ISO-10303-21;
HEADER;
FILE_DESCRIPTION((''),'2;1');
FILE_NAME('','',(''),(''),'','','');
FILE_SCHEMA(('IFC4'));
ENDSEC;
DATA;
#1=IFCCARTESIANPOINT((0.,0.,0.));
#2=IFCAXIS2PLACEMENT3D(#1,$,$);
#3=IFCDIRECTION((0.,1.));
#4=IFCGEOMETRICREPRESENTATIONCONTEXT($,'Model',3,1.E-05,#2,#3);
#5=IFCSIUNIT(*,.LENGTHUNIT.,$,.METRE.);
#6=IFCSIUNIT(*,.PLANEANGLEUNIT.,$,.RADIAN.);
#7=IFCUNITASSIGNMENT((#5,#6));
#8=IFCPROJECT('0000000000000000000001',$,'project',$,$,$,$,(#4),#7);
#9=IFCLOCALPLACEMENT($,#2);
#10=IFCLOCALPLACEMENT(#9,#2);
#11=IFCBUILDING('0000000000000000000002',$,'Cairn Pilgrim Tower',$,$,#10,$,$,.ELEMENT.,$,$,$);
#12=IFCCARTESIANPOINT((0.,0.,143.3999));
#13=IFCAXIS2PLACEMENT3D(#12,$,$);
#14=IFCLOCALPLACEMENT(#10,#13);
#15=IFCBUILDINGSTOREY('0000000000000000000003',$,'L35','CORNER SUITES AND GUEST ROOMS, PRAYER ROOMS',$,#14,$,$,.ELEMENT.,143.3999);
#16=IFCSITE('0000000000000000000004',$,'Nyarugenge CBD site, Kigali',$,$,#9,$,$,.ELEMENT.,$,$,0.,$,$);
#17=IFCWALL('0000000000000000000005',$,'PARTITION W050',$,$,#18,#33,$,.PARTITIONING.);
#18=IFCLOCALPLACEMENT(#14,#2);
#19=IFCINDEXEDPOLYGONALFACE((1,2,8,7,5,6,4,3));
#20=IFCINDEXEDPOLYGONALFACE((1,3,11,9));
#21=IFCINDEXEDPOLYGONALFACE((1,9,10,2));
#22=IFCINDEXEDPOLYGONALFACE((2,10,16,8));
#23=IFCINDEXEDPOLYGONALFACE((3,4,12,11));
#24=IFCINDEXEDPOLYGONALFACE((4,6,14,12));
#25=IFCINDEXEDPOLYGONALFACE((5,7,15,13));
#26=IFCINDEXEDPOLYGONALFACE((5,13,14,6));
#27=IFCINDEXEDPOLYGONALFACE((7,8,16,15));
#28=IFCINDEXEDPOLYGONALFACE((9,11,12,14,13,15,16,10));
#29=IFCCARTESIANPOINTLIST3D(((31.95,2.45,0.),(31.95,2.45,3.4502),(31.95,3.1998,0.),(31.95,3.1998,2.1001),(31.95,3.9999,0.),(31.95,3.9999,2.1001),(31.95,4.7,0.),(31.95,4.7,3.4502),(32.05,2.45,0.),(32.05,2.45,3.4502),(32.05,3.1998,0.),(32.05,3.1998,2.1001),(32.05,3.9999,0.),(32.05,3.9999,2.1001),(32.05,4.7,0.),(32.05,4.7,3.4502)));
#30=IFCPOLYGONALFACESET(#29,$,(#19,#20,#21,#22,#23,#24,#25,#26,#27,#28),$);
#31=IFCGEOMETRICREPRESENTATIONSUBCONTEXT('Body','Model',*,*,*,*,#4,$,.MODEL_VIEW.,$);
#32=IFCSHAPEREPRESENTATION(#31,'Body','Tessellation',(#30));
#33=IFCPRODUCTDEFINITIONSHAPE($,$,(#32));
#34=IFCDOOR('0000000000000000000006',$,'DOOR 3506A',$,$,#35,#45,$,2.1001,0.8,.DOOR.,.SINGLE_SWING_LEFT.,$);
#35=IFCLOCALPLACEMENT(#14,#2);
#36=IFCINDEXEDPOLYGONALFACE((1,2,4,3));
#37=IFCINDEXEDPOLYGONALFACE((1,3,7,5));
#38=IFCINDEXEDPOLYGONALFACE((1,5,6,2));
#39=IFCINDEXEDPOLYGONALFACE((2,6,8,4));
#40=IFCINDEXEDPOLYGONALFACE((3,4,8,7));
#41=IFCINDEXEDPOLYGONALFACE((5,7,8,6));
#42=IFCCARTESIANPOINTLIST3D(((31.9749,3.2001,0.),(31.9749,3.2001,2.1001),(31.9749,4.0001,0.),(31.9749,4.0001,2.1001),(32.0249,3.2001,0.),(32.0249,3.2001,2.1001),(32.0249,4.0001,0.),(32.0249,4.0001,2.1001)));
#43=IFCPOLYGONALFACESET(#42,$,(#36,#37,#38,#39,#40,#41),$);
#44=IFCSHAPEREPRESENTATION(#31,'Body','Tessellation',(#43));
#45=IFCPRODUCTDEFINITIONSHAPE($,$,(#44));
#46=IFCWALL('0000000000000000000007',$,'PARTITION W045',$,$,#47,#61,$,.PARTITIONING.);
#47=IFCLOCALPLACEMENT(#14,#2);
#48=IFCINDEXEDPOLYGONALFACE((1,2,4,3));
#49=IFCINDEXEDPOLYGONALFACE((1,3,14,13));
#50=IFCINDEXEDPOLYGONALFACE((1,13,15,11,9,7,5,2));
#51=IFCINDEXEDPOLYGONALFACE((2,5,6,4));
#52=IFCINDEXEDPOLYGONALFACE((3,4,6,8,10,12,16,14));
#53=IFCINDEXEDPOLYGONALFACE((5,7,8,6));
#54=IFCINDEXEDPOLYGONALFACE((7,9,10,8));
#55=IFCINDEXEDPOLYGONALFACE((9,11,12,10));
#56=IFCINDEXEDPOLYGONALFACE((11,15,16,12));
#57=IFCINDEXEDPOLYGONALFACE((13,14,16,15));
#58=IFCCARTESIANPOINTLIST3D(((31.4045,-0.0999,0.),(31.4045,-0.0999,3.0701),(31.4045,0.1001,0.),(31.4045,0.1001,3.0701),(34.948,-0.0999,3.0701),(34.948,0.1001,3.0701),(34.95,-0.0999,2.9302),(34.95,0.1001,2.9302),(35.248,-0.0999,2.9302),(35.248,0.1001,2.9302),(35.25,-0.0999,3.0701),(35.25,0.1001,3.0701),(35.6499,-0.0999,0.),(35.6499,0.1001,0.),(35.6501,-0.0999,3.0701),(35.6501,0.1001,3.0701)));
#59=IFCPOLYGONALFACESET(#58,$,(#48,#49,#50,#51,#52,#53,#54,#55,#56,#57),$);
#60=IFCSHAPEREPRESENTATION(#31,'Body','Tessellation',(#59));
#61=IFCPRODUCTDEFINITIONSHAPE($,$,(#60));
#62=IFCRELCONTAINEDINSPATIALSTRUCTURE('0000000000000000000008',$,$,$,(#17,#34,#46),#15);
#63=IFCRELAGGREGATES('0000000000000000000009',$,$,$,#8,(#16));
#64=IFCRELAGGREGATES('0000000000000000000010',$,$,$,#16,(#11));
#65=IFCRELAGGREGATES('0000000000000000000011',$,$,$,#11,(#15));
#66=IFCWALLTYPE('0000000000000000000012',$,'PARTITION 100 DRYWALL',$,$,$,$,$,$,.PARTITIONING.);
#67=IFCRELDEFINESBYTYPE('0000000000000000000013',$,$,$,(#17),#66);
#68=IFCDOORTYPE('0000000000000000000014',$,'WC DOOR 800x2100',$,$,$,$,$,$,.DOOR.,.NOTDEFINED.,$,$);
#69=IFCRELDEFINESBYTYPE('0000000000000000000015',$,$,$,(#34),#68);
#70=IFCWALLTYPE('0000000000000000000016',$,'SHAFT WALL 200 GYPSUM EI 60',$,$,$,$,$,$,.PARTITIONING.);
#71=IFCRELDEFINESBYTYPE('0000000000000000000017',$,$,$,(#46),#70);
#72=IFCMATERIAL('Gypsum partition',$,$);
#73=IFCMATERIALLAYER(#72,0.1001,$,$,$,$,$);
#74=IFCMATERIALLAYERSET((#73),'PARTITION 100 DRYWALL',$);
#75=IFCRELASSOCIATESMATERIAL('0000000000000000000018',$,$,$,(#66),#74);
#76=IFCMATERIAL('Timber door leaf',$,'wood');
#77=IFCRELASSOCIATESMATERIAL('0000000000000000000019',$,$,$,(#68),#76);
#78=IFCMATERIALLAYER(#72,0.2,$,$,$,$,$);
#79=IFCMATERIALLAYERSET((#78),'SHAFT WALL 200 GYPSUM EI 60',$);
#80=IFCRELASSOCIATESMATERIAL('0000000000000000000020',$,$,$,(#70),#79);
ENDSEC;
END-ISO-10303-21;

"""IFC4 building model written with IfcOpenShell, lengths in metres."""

from ifc_helpers import new_model, si_unit, direction, frame, frame_2d, origin, place, context, subcontext, project, spatial, polyline, rectangle, outline, extrude, material, layer, layer_set, type_object, element, fill, save


model = new_model("IFC4")

# Units and contexts
model_context = context("Model", 3, precision=1e-05, world=origin(), true_north=direction((0.0, 1.0)))
body_context = subcontext(model_context, "Body", "Model", "MODEL_VIEW")
ifc_project = project(units=[si_unit("LENGTHUNIT", "METRE"), si_unit("PLANEANGLEUNIT", "RADIAN")], contexts=[model_context])

# Site, building, storey
site_placement = place(None, origin())
site = spatial("IfcSite", under=ifc_project, at=site_placement, Name="Nyarugenge CBD site, Kigali", CompositionType="ELEMENT", RefElevation=0.0)
building_placement = place(site_placement, origin())
building = spatial("IfcBuilding", under=site, at=building_placement, Name="Cairn Pilgrim Tower", CompositionType="ELEMENT")
storey_placement = place(building_placement, frame((0.0, 0.0, 143.3999)))
storey = spatial("IfcBuildingStorey", under=building, at=storey_placement, Name="L35", Description="CORNER SUITES AND GUEST ROOMS, PRAYER ROOMS", CompositionType="ELEMENT", Elevation=143.3999)

# Wall, opening, door
ifc_material_1 = material(Name="Gypsum partition")
ifc_layer_1 = layer(ifc_material_1, 0.1001)
ifc_layer_set_1 = layer_set([ifc_layer_1], Name="PARTITION 100 DRYWALL")
wall_type_1 = type_object("IfcWallType", Name="PARTITION 100 DRYWALL", PredefinedType="PARTITIONING", material=ifc_layer_set_1)
ifc_material_2 = material(Name="Timber door leaf", Category="wood")
door_type_1 = type_object("IfcDoorType", Name="WC DOOR 800x2100", OperationType="NOTDEFINED", PredefinedType="DOOR", material=ifc_material_2)
wall_1_placement = place(storey_placement, frame((32.0, 2.45, 0.0), z_axis=(0.0, 0.0, 1.0), x_axis=(0.0, 1.0, 0.0)))
wall_1 = element("IfcWall", 1, at=wall_1_placement, inside=storey, type_object=wall_type_1, Name="PARTITION W050", PredefinedType="PARTITIONING", context=body_context, shape_type="SweptSolid", body=[
    extrude(rectangle(XDim=2.25, YDim=0.1001, at=frame_2d((1.125, 0.0))), origin(), (0.0, 0.0, 1.0), 3.4502),
])
opening_1_placement = place(wall_1_placement, frame((0.75, 0.0, 0.0)))
opening_1 = element("IfcOpeningElement", 2, at=opening_1_placement, cuts=wall_1, PredefinedType="OPENING", context=body_context, shape_type="SweptSolid", body=[
    extrude(rectangle(XDim=0.8, YDim=2.1001, at=frame_2d((0.3999, 1.05))), frame((0.0, 0.0601, 0.0), z_axis=(0.0, -1.0, 0.0), x_axis=(1.0, 0.0, 0.0)), (0.0, 0.0, 1.0), 0.1201),
])
door_1_placement = place(opening_1_placement, frame((0.8, 0.0, 0.0), z_axis=(0.0, 0.0, 1.0), x_axis=(-1.0, 0.0, 0.0)))
door_1 = element("IfcDoor", 3, at=door_1_placement, inside=storey, type_object=door_type_1, Name="DOOR 3506A", OperationType="SINGLE_SWING_LEFT", OverallHeight=2.1001, OverallWidth=0.8, PredefinedType="DOOR", context=body_context, shape_type="SweptSolid", body=[
    extrude(rectangle(XDim=0.8, YDim=2.1001, at=frame_2d((0.3999, 1.05))), frame((0.0, 0.0249, 0.0), z_axis=(0.0, -1.0, 0.0), x_axis=(1.0, 0.0, 0.0)), (0.0, 0.0, 1.0), 0.05),
])
fill(opening_1, door_1)

# Wall
ifc_layer_2 = layer(ifc_material_1, 0.2)
ifc_layer_set_2 = layer_set([ifc_layer_2], Name="SHAFT WALL 200 GYPSUM EI 60")
wall_type_2 = type_object("IfcWallType", Name="SHAFT WALL 200 GYPSUM EI 60", PredefinedType="PARTITIONING", material=ifc_layer_set_2)
wall_2_placement = place(storey_placement, frame((31.4045, 0.0, 0.0), z_axis=(0.0, 0.0, 1.0), x_axis=(1.0, 0.0, 0.0)))
element("IfcWall", 4, at=wall_2_placement, inside=storey, type_object=wall_type_2, Name="PARTITION W045", PredefinedType="PARTITIONING", context=body_context, shape_type="SweptSolid", body=[
    extrude(outline(polyline([(0.0, 0.0), (4.2454, 0.0), (4.2456, 3.0701), (3.8455, 3.0701), (3.8435, 2.9302), (3.5454, 2.9302), (3.5435, 3.0701), (0.0, 3.0701), (0.0, 0.0)])), frame((0.0, 0.1001, 0.0), z_axis=(0.0, -1.0, 0.0), x_axis=(1.0, 0.0, 0.0)), (0.0, 0.0, 1.0), 0.2),
])

save(model, "model.ifc")
